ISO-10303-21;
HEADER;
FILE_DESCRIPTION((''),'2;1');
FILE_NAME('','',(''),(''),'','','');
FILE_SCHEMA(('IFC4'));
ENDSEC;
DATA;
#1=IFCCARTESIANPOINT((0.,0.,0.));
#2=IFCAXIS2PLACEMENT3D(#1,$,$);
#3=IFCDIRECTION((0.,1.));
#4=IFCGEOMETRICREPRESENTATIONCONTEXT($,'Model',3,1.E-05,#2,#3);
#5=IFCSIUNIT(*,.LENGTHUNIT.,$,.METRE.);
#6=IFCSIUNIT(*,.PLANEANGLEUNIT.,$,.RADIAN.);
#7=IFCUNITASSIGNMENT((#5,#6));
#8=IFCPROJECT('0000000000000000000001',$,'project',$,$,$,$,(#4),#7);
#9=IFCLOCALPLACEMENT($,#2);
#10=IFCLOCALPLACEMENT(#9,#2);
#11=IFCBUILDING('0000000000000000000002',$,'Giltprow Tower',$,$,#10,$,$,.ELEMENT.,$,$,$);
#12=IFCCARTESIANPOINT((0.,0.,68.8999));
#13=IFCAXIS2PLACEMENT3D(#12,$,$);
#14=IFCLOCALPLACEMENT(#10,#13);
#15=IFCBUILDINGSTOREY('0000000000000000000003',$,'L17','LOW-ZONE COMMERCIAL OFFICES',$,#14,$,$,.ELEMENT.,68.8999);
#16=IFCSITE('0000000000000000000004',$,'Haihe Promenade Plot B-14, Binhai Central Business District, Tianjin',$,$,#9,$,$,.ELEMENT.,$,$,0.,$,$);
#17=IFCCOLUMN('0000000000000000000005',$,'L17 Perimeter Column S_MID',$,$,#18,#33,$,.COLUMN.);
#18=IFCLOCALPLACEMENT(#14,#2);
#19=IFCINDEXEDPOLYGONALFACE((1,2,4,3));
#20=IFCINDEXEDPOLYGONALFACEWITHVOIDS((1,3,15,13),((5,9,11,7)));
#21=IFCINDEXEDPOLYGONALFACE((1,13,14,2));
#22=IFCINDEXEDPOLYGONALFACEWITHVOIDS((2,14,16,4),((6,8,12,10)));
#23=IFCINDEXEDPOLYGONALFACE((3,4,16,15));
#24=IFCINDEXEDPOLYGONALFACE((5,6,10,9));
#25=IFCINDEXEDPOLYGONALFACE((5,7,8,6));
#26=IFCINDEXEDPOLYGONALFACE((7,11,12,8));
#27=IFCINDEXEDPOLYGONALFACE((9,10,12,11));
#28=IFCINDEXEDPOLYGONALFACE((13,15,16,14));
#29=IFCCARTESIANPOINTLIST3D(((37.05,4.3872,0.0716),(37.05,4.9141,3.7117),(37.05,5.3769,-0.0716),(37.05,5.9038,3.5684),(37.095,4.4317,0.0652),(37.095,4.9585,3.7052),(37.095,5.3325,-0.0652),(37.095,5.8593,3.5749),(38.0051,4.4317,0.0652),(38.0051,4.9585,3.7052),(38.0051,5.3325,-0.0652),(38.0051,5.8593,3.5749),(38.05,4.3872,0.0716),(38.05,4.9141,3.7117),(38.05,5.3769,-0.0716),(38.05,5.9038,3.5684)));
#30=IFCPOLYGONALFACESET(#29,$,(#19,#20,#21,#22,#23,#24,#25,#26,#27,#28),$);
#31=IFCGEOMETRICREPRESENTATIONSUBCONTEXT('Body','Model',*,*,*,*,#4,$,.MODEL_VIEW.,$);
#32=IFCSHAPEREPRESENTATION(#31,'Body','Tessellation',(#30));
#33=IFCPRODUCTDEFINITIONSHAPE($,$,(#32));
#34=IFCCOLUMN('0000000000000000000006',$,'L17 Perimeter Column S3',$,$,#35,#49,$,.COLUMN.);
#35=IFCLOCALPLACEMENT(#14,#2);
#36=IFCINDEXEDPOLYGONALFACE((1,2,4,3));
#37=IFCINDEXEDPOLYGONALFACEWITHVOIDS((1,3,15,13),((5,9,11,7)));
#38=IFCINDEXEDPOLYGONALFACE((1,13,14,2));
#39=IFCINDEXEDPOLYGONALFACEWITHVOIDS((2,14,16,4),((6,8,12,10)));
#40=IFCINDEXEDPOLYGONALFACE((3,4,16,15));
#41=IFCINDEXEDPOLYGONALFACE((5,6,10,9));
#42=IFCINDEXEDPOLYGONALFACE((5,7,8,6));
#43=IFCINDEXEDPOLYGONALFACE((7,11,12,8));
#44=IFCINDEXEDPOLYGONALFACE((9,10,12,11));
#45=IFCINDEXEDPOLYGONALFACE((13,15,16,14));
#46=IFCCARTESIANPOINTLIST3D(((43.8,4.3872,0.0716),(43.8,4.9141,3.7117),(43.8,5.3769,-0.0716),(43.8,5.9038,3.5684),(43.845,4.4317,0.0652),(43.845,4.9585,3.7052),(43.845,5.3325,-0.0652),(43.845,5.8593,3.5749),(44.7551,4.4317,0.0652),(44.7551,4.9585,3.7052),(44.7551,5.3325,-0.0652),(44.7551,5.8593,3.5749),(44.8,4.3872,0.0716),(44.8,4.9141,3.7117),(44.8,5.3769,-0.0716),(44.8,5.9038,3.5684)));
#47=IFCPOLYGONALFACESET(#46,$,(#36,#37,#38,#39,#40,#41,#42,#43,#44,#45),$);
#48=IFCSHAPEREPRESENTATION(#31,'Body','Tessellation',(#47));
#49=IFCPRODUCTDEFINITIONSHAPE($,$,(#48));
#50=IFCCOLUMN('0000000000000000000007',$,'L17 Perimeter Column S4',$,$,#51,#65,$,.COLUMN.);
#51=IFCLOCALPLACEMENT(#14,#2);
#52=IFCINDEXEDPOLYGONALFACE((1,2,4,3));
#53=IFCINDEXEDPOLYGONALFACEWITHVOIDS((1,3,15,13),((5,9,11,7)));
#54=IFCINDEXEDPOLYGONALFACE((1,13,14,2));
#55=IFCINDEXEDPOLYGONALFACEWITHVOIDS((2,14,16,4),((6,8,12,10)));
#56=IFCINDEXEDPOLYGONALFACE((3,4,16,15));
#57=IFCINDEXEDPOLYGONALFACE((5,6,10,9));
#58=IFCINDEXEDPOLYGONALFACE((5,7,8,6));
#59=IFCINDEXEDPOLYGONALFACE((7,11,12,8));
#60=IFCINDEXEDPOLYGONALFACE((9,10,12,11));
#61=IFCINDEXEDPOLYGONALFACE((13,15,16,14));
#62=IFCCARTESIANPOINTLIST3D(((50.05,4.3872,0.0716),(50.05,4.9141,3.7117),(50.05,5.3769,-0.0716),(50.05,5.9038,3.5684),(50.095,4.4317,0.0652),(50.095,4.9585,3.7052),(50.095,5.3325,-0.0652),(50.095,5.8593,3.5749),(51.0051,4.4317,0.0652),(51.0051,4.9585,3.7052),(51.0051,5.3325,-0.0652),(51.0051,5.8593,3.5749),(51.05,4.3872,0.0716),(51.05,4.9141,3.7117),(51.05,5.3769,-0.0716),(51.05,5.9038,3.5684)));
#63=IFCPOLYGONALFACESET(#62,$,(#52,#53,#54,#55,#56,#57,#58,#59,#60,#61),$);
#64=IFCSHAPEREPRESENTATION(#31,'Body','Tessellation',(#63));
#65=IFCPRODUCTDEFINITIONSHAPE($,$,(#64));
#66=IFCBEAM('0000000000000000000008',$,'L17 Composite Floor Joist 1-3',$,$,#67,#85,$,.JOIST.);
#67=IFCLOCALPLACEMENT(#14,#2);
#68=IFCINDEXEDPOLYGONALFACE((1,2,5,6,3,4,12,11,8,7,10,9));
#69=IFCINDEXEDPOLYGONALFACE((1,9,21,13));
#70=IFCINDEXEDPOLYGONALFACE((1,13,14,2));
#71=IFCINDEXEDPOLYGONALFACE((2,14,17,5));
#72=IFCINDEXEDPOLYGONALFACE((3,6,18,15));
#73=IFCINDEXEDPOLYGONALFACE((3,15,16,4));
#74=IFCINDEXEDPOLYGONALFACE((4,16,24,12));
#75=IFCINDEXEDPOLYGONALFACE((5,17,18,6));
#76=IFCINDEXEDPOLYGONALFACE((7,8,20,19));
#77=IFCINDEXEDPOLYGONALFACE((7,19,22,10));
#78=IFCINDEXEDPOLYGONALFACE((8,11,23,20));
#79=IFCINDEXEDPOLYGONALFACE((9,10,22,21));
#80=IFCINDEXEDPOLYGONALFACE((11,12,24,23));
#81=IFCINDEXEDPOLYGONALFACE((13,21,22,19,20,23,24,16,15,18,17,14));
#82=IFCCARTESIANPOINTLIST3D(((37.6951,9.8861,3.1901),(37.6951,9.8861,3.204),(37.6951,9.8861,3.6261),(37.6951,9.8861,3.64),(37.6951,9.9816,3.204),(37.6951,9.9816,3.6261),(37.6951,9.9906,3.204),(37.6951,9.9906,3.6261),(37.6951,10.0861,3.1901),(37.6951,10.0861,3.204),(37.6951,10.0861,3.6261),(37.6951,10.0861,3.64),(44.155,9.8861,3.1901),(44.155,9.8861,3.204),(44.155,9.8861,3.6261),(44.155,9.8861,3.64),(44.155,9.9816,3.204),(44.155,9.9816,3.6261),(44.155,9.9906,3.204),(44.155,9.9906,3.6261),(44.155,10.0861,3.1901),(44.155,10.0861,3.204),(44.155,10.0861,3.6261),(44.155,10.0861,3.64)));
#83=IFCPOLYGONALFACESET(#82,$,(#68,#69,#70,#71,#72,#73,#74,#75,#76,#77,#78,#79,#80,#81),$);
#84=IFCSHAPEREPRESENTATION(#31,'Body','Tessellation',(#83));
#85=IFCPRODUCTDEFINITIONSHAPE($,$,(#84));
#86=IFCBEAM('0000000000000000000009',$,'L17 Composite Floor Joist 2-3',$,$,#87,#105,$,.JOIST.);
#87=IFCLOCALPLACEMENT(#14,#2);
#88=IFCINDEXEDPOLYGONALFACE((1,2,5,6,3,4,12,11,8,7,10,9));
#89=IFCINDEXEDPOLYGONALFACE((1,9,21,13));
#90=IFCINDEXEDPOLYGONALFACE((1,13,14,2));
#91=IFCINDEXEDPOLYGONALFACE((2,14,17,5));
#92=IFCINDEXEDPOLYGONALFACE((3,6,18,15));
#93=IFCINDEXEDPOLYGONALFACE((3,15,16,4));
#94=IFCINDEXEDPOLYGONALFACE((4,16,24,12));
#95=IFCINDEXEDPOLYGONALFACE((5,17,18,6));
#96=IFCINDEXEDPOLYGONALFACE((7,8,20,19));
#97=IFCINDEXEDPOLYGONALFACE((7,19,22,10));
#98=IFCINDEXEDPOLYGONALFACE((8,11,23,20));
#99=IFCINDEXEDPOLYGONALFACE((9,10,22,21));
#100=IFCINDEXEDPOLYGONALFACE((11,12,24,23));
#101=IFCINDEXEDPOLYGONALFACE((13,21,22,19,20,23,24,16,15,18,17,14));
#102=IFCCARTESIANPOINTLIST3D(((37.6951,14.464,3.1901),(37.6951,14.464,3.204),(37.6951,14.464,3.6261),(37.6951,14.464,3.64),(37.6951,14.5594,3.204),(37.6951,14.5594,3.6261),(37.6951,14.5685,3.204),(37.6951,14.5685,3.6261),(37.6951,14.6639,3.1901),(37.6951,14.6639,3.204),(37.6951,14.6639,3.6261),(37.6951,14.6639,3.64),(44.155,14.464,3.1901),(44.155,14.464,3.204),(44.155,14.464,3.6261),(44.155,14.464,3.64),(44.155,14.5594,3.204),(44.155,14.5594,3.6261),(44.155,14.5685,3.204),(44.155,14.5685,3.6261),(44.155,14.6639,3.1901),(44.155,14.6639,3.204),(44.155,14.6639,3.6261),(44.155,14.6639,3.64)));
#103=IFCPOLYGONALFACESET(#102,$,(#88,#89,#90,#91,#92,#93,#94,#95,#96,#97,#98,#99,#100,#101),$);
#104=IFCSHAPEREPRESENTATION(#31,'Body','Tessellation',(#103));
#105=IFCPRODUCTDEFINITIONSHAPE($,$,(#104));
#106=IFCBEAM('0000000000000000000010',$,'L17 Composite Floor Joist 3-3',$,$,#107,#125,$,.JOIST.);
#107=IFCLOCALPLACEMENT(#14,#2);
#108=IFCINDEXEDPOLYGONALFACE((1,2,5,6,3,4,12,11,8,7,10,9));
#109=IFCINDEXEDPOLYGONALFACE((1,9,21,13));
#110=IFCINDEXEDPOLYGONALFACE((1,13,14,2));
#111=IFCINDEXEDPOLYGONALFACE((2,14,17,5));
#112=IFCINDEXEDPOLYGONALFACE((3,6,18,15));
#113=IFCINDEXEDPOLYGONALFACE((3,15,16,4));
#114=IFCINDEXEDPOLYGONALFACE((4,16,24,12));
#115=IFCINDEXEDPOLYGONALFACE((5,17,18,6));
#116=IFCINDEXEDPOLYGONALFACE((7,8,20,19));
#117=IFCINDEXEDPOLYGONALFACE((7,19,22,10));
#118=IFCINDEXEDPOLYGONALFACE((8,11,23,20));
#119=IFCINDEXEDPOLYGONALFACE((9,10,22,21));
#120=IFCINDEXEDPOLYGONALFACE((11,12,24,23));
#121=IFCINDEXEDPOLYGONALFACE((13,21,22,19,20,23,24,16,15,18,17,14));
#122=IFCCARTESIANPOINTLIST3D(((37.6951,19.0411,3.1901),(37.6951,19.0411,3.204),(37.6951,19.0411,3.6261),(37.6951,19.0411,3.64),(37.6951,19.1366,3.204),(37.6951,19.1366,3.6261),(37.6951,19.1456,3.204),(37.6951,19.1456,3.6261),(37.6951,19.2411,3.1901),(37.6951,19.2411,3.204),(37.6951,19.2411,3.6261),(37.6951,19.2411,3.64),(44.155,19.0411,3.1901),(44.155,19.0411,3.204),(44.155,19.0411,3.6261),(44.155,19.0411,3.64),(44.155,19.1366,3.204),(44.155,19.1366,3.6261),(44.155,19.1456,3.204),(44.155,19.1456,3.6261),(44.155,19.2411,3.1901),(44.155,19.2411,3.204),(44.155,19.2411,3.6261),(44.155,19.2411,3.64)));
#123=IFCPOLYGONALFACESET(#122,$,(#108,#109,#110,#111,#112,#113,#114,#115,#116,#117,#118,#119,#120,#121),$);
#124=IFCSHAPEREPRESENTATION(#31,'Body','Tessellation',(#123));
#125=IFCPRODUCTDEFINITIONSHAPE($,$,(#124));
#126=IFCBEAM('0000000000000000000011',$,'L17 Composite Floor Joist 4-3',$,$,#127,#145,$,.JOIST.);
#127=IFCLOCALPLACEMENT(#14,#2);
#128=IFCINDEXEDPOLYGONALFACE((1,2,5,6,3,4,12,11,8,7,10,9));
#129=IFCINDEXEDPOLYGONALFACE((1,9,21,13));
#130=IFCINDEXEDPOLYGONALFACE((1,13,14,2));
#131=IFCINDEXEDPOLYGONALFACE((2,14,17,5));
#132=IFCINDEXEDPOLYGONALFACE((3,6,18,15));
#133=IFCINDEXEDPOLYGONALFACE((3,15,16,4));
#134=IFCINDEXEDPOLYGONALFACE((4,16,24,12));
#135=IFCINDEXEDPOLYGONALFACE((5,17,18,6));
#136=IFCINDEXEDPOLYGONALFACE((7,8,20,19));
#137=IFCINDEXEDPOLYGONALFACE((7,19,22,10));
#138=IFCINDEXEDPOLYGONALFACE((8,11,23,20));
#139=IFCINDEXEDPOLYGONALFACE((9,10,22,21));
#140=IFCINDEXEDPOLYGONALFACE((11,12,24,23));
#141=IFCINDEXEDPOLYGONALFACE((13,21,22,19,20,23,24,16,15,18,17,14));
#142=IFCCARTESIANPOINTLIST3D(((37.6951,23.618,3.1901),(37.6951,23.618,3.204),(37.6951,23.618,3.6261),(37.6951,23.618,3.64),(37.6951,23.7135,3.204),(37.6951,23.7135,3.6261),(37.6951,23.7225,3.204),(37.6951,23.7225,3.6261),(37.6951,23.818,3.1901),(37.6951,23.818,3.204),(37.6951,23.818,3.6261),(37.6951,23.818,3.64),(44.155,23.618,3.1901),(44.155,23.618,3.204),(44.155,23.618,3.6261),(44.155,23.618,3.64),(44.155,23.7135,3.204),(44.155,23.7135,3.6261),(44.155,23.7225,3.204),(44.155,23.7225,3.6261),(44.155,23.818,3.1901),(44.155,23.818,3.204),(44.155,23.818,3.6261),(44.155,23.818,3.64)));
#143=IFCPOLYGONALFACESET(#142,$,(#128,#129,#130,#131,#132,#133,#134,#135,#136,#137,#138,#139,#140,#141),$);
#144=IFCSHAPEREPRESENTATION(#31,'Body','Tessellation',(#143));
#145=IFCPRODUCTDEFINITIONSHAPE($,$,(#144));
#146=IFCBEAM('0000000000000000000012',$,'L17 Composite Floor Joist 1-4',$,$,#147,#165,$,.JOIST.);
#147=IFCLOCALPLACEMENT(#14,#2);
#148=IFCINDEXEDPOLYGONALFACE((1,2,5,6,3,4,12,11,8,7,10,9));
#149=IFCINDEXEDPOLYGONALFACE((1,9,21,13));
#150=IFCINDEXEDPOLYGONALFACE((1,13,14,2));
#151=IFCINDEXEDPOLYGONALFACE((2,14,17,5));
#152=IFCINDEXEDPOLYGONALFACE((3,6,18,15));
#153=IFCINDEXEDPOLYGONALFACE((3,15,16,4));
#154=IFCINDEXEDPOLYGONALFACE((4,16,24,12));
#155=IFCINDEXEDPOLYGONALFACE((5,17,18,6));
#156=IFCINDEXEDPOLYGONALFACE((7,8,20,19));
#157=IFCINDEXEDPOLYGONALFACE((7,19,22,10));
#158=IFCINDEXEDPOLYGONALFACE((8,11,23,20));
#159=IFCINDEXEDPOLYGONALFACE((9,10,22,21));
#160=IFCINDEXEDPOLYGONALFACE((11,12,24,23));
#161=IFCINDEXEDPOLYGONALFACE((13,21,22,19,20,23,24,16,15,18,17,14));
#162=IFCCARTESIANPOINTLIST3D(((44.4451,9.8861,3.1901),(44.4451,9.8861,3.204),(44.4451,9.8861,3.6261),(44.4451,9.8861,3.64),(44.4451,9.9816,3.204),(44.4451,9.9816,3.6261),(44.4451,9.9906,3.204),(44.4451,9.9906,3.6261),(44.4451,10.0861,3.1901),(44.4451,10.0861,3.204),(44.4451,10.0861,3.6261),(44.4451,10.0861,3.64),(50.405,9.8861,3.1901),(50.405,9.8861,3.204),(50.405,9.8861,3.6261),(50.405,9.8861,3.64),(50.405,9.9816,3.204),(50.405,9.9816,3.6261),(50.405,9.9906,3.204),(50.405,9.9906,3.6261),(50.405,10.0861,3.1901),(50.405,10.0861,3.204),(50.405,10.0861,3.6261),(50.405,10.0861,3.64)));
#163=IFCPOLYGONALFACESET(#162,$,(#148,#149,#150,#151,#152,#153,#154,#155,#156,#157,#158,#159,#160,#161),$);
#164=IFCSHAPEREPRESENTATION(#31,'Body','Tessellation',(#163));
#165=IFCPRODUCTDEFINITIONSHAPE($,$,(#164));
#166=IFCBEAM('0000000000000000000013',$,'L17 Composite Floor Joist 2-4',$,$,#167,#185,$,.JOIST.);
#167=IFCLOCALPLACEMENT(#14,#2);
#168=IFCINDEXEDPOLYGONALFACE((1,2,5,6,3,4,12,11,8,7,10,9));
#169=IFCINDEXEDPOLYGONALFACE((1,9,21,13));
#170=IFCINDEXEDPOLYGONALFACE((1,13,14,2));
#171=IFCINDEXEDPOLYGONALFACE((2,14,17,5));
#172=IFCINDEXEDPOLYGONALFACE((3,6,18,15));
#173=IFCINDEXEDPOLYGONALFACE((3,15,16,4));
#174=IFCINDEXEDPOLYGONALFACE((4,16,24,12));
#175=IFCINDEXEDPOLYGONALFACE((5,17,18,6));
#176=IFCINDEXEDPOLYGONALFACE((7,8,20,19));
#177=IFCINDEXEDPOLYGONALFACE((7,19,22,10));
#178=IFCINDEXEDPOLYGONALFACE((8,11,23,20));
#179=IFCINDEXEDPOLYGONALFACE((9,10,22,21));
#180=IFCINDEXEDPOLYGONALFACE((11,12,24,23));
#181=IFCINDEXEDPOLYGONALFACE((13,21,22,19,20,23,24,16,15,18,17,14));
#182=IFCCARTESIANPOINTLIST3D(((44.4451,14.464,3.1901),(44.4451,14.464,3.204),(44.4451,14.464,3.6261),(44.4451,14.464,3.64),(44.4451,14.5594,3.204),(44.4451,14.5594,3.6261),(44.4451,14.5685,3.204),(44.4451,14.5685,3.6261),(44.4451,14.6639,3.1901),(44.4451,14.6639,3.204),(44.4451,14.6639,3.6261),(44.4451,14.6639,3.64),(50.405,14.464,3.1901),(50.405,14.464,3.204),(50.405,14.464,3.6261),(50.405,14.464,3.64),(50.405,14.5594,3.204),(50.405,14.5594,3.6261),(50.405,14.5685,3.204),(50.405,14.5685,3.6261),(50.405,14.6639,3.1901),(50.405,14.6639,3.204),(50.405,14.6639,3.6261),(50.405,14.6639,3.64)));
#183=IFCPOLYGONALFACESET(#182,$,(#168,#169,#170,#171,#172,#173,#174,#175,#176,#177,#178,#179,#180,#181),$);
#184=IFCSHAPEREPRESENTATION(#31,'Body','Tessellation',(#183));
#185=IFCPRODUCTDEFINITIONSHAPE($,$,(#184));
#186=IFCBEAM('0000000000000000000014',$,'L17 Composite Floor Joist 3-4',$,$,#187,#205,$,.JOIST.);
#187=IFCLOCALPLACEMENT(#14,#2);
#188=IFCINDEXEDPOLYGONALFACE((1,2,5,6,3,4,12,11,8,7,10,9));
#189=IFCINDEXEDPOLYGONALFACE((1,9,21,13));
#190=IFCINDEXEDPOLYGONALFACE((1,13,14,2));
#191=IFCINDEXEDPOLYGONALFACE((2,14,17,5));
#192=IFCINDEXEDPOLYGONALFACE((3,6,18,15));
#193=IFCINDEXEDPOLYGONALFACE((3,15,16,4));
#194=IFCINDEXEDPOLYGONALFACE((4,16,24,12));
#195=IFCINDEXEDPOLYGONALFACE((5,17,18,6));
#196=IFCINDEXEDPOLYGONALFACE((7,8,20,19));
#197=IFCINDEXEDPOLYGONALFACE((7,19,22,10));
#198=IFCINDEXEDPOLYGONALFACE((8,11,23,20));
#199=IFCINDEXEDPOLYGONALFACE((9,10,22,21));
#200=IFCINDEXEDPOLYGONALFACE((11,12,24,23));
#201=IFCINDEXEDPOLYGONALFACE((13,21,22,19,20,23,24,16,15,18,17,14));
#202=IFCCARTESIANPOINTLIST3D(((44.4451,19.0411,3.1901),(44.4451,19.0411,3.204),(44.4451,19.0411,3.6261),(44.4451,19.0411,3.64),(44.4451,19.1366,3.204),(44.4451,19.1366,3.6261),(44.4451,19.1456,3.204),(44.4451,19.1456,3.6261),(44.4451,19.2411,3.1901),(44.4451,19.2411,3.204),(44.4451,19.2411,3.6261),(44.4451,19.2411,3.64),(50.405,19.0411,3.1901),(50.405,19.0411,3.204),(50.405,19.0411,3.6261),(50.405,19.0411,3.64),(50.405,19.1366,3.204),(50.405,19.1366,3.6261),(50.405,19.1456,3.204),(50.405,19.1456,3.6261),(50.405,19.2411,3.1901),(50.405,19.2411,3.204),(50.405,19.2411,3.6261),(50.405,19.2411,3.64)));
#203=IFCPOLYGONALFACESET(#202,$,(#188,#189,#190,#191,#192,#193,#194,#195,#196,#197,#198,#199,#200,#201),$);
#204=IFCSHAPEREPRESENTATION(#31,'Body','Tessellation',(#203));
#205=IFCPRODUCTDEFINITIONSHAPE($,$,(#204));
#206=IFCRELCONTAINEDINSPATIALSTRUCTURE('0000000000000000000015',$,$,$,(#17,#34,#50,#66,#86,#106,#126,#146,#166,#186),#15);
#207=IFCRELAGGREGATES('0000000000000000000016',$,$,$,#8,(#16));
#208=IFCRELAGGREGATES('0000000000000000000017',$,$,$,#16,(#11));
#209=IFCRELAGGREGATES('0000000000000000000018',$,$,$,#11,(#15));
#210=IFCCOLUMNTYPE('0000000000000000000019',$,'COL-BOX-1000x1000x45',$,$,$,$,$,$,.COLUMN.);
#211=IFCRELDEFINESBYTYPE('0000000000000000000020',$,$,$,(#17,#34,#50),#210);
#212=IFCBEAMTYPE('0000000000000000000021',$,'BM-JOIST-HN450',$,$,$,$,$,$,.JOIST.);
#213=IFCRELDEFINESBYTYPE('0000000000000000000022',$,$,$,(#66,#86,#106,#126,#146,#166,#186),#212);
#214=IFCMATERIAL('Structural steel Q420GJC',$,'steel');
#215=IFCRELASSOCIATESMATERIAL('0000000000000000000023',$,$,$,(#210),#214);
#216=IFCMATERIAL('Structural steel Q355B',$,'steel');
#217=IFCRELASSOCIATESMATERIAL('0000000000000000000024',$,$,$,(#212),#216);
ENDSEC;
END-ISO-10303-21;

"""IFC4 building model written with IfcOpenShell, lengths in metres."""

from ifc_helpers import new_model, si_unit, direction, frame, origin, origin_2d, place, context, subcontext, project, spatial, hollow_rectangle, i_section, extrude, source, transform, mapped, material, material_profile, profile_set, type_object, element, save


model = new_model("IFC4")

# Units and contexts
model_context = context("Model", 3, precision=1e-05, world=origin(), true_north=direction((0.0, 1.0)))
body_context = subcontext(model_context, "Body", "Model", "MODEL_VIEW")
ifc_project = project(units=[si_unit("LENGTHUNIT", "METRE"), si_unit("PLANEANGLEUNIT", "RADIAN")], contexts=[model_context])

# Site, building, storey
site_placement = place(None, origin())
site = spatial("IfcSite", under=ifc_project, at=site_placement, Name="Haihe Promenade Plot B-14, Binhai Central Business District, Tianjin", CompositionType="ELEMENT", RefElevation=0.0)
building_placement = place(site_placement, origin())
building = spatial("IfcBuilding", under=site, at=building_placement, Name="Giltprow Tower", CompositionType="ELEMENT")
storey_placement = place(building_placement, frame((0.0, 0.0, 68.8999)))
storey = spatial("IfcBuildingStorey", under=building, at=storey_placement, Name="L17", Description="LOW-ZONE COMMERCIAL OFFICES", CompositionType="ELEMENT", Elevation=68.8999)

# Columns
ifc_material_1 = material(Name="Structural steel Q420GJC", Category="steel")
ifc_material_profile_1 = material_profile(ifc_material_1, hollow_rectangle(XDim=1.0, YDim=1.0, WallThickness=0.0449, at=origin_2d()), Name="BOX 1000x1000x45")
ifc_profile_set_1 = profile_set([ifc_material_profile_1], Name="Structural steel Q420GJC")
column_type = type_object("IfcColumnType", Name="COL-BOX-1000x1000x45", PredefinedType="COLUMN", material=ifc_profile_set_1)
shared_shape_1 = source(origin(), body_context, "Body", "SweptSolid", [
    extrude(hollow_rectangle(XDim=1.0, YDim=1.0, WallThickness=0.0449, at=origin_2d()), origin(), (0.0, 0.0, 1.0), 3.678),
])
for number, where, z_axis, x_axis, name in (
    (1, (37.55, 4.8821, 0.0), (0.0, 0.143243, 0.989688), (-1.0, 0.0, 0.0), "L17 Perimeter Column S_MID"),
    (2, (44.3, 4.8821, 0.0), (0.0, 0.143243, 0.989688), (-1.0, 0.0, 0.0), "L17 Perimeter Column S3"),
    (3, (50.55, 4.8821, 0.0), (0.0, 0.143243, 0.989688), (-1.0, 0.0, 0.0), "L17 Perimeter Column S4"),
):
    element("IfcColumn", number, at=place(storey_placement, frame(where, z_axis=z_axis, x_axis=x_axis)), inside=storey, type_object=column_type, Name=name, PredefinedType="COLUMN", context=body_context, shape_type="MappedRepresentation", body=[
        mapped(shared_shape_1, transform((0.0, 0.0, 0.0), x_axis=(1.0, 0.0, 0.0), y_axis=(0.0, 1.0, 0.0), z_axis=(0.0, 0.0, 1.0), scale=1.0)),
    ])

# Beams
ifc_material_2 = material(Name="Structural steel Q355B", Category="steel")
ifc_material_profile_2 = material_profile(ifc_material_2, i_section(OverallWidth=0.2, OverallDepth=0.45, WebThickness=0.009, FlangeThickness=0.0139, at=origin_2d()), Name="HN 450x200x9x14")
ifc_profile_set_2 = profile_set([ifc_material_profile_2], Name="Structural steel Q355B")
beam_type_1 = type_object("IfcBeamType", Name="BM-JOIST-HN450", PredefinedType="JOIST", material=ifc_profile_set_2)
shared_shape_2 = source(origin(), body_context, "Body", "SweptSolid", [
    extrude(i_section(OverallWidth=0.2, OverallDepth=0.45, WebThickness=0.009, FlangeThickness=0.0139, at=origin_2d()), origin(), (0.0, 0.0, 1.0), 6.46),
])
for number, where, z_axis, x_axis, name in (
    (4, (37.6951, 9.9861, 3.415), (1.0, 0.0, 0.0), (0.0, 1.0, 0.0), "L17 Composite Floor Joist 1-3"),
    (5, (37.6951, 14.564, 3.415), (1.0, 0.0, 0.0), (0.0, 1.0, 0.0), "L17 Composite Floor Joist 2-3"),
    (6, (37.6951, 19.1411, 3.415), (1.0, 0.0, 0.0), (0.0, 1.0, 0.0), "L17 Composite Floor Joist 3-3"),
    (7, (37.6951, 23.718, 3.415), (1.0, 0.0, 0.0), (0.0, 1.0, 0.0), "L17 Composite Floor Joist 4-3"),
):
    element("IfcBeam", number, at=place(storey_placement, frame(where, z_axis=z_axis, x_axis=x_axis)), inside=storey, type_object=beam_type_1, Name=name, PredefinedType="JOIST", context=body_context, shape_type="MappedRepresentation", body=[
        mapped(shared_shape_2, transform((0.0, 0.0, 0.0), x_axis=(1.0, 0.0, 0.0), y_axis=(0.0, 1.0, 0.0), z_axis=(0.0, 0.0, 1.0), scale=1.0)),
    ])
shared_shape_3 = source(origin(), body_context, "Body", "SweptSolid", [
    extrude(i_section(OverallWidth=0.2, OverallDepth=0.45, WebThickness=0.009, FlangeThickness=0.0139, at=origin_2d()), origin(), (0.0, 0.0, 1.0), 5.96),
])
for number, where, z_axis, x_axis, name in (
    (8, (44.4451, 9.9861, 3.415), (1.0, 0.0, 0.0), (0.0, 1.0, 0.0), "L17 Composite Floor Joist 1-4"),
    (9, (44.4451, 14.564, 3.415), (1.0, 0.0, 0.0), (0.0, 1.0, 0.0), "L17 Composite Floor Joist 2-4"),
    (10, (44.4451, 19.1411, 3.415), (1.0, 0.0, 0.0), (0.0, 1.0, 0.0), "L17 Composite Floor Joist 3-4"),
):
    element("IfcBeam", number, at=place(storey_placement, frame(where, z_axis=z_axis, x_axis=x_axis)), inside=storey, type_object=beam_type_1, Name=name, PredefinedType="JOIST", context=body_context, shape_type="MappedRepresentation", body=[
        mapped(shared_shape_3, transform((0.0, 0.0, 0.0), x_axis=(1.0, 0.0, 0.0), y_axis=(0.0, 1.0, 0.0), z_axis=(0.0, 0.0, 1.0), scale=1.0)),
    ])

save(model, "model.ifc")
